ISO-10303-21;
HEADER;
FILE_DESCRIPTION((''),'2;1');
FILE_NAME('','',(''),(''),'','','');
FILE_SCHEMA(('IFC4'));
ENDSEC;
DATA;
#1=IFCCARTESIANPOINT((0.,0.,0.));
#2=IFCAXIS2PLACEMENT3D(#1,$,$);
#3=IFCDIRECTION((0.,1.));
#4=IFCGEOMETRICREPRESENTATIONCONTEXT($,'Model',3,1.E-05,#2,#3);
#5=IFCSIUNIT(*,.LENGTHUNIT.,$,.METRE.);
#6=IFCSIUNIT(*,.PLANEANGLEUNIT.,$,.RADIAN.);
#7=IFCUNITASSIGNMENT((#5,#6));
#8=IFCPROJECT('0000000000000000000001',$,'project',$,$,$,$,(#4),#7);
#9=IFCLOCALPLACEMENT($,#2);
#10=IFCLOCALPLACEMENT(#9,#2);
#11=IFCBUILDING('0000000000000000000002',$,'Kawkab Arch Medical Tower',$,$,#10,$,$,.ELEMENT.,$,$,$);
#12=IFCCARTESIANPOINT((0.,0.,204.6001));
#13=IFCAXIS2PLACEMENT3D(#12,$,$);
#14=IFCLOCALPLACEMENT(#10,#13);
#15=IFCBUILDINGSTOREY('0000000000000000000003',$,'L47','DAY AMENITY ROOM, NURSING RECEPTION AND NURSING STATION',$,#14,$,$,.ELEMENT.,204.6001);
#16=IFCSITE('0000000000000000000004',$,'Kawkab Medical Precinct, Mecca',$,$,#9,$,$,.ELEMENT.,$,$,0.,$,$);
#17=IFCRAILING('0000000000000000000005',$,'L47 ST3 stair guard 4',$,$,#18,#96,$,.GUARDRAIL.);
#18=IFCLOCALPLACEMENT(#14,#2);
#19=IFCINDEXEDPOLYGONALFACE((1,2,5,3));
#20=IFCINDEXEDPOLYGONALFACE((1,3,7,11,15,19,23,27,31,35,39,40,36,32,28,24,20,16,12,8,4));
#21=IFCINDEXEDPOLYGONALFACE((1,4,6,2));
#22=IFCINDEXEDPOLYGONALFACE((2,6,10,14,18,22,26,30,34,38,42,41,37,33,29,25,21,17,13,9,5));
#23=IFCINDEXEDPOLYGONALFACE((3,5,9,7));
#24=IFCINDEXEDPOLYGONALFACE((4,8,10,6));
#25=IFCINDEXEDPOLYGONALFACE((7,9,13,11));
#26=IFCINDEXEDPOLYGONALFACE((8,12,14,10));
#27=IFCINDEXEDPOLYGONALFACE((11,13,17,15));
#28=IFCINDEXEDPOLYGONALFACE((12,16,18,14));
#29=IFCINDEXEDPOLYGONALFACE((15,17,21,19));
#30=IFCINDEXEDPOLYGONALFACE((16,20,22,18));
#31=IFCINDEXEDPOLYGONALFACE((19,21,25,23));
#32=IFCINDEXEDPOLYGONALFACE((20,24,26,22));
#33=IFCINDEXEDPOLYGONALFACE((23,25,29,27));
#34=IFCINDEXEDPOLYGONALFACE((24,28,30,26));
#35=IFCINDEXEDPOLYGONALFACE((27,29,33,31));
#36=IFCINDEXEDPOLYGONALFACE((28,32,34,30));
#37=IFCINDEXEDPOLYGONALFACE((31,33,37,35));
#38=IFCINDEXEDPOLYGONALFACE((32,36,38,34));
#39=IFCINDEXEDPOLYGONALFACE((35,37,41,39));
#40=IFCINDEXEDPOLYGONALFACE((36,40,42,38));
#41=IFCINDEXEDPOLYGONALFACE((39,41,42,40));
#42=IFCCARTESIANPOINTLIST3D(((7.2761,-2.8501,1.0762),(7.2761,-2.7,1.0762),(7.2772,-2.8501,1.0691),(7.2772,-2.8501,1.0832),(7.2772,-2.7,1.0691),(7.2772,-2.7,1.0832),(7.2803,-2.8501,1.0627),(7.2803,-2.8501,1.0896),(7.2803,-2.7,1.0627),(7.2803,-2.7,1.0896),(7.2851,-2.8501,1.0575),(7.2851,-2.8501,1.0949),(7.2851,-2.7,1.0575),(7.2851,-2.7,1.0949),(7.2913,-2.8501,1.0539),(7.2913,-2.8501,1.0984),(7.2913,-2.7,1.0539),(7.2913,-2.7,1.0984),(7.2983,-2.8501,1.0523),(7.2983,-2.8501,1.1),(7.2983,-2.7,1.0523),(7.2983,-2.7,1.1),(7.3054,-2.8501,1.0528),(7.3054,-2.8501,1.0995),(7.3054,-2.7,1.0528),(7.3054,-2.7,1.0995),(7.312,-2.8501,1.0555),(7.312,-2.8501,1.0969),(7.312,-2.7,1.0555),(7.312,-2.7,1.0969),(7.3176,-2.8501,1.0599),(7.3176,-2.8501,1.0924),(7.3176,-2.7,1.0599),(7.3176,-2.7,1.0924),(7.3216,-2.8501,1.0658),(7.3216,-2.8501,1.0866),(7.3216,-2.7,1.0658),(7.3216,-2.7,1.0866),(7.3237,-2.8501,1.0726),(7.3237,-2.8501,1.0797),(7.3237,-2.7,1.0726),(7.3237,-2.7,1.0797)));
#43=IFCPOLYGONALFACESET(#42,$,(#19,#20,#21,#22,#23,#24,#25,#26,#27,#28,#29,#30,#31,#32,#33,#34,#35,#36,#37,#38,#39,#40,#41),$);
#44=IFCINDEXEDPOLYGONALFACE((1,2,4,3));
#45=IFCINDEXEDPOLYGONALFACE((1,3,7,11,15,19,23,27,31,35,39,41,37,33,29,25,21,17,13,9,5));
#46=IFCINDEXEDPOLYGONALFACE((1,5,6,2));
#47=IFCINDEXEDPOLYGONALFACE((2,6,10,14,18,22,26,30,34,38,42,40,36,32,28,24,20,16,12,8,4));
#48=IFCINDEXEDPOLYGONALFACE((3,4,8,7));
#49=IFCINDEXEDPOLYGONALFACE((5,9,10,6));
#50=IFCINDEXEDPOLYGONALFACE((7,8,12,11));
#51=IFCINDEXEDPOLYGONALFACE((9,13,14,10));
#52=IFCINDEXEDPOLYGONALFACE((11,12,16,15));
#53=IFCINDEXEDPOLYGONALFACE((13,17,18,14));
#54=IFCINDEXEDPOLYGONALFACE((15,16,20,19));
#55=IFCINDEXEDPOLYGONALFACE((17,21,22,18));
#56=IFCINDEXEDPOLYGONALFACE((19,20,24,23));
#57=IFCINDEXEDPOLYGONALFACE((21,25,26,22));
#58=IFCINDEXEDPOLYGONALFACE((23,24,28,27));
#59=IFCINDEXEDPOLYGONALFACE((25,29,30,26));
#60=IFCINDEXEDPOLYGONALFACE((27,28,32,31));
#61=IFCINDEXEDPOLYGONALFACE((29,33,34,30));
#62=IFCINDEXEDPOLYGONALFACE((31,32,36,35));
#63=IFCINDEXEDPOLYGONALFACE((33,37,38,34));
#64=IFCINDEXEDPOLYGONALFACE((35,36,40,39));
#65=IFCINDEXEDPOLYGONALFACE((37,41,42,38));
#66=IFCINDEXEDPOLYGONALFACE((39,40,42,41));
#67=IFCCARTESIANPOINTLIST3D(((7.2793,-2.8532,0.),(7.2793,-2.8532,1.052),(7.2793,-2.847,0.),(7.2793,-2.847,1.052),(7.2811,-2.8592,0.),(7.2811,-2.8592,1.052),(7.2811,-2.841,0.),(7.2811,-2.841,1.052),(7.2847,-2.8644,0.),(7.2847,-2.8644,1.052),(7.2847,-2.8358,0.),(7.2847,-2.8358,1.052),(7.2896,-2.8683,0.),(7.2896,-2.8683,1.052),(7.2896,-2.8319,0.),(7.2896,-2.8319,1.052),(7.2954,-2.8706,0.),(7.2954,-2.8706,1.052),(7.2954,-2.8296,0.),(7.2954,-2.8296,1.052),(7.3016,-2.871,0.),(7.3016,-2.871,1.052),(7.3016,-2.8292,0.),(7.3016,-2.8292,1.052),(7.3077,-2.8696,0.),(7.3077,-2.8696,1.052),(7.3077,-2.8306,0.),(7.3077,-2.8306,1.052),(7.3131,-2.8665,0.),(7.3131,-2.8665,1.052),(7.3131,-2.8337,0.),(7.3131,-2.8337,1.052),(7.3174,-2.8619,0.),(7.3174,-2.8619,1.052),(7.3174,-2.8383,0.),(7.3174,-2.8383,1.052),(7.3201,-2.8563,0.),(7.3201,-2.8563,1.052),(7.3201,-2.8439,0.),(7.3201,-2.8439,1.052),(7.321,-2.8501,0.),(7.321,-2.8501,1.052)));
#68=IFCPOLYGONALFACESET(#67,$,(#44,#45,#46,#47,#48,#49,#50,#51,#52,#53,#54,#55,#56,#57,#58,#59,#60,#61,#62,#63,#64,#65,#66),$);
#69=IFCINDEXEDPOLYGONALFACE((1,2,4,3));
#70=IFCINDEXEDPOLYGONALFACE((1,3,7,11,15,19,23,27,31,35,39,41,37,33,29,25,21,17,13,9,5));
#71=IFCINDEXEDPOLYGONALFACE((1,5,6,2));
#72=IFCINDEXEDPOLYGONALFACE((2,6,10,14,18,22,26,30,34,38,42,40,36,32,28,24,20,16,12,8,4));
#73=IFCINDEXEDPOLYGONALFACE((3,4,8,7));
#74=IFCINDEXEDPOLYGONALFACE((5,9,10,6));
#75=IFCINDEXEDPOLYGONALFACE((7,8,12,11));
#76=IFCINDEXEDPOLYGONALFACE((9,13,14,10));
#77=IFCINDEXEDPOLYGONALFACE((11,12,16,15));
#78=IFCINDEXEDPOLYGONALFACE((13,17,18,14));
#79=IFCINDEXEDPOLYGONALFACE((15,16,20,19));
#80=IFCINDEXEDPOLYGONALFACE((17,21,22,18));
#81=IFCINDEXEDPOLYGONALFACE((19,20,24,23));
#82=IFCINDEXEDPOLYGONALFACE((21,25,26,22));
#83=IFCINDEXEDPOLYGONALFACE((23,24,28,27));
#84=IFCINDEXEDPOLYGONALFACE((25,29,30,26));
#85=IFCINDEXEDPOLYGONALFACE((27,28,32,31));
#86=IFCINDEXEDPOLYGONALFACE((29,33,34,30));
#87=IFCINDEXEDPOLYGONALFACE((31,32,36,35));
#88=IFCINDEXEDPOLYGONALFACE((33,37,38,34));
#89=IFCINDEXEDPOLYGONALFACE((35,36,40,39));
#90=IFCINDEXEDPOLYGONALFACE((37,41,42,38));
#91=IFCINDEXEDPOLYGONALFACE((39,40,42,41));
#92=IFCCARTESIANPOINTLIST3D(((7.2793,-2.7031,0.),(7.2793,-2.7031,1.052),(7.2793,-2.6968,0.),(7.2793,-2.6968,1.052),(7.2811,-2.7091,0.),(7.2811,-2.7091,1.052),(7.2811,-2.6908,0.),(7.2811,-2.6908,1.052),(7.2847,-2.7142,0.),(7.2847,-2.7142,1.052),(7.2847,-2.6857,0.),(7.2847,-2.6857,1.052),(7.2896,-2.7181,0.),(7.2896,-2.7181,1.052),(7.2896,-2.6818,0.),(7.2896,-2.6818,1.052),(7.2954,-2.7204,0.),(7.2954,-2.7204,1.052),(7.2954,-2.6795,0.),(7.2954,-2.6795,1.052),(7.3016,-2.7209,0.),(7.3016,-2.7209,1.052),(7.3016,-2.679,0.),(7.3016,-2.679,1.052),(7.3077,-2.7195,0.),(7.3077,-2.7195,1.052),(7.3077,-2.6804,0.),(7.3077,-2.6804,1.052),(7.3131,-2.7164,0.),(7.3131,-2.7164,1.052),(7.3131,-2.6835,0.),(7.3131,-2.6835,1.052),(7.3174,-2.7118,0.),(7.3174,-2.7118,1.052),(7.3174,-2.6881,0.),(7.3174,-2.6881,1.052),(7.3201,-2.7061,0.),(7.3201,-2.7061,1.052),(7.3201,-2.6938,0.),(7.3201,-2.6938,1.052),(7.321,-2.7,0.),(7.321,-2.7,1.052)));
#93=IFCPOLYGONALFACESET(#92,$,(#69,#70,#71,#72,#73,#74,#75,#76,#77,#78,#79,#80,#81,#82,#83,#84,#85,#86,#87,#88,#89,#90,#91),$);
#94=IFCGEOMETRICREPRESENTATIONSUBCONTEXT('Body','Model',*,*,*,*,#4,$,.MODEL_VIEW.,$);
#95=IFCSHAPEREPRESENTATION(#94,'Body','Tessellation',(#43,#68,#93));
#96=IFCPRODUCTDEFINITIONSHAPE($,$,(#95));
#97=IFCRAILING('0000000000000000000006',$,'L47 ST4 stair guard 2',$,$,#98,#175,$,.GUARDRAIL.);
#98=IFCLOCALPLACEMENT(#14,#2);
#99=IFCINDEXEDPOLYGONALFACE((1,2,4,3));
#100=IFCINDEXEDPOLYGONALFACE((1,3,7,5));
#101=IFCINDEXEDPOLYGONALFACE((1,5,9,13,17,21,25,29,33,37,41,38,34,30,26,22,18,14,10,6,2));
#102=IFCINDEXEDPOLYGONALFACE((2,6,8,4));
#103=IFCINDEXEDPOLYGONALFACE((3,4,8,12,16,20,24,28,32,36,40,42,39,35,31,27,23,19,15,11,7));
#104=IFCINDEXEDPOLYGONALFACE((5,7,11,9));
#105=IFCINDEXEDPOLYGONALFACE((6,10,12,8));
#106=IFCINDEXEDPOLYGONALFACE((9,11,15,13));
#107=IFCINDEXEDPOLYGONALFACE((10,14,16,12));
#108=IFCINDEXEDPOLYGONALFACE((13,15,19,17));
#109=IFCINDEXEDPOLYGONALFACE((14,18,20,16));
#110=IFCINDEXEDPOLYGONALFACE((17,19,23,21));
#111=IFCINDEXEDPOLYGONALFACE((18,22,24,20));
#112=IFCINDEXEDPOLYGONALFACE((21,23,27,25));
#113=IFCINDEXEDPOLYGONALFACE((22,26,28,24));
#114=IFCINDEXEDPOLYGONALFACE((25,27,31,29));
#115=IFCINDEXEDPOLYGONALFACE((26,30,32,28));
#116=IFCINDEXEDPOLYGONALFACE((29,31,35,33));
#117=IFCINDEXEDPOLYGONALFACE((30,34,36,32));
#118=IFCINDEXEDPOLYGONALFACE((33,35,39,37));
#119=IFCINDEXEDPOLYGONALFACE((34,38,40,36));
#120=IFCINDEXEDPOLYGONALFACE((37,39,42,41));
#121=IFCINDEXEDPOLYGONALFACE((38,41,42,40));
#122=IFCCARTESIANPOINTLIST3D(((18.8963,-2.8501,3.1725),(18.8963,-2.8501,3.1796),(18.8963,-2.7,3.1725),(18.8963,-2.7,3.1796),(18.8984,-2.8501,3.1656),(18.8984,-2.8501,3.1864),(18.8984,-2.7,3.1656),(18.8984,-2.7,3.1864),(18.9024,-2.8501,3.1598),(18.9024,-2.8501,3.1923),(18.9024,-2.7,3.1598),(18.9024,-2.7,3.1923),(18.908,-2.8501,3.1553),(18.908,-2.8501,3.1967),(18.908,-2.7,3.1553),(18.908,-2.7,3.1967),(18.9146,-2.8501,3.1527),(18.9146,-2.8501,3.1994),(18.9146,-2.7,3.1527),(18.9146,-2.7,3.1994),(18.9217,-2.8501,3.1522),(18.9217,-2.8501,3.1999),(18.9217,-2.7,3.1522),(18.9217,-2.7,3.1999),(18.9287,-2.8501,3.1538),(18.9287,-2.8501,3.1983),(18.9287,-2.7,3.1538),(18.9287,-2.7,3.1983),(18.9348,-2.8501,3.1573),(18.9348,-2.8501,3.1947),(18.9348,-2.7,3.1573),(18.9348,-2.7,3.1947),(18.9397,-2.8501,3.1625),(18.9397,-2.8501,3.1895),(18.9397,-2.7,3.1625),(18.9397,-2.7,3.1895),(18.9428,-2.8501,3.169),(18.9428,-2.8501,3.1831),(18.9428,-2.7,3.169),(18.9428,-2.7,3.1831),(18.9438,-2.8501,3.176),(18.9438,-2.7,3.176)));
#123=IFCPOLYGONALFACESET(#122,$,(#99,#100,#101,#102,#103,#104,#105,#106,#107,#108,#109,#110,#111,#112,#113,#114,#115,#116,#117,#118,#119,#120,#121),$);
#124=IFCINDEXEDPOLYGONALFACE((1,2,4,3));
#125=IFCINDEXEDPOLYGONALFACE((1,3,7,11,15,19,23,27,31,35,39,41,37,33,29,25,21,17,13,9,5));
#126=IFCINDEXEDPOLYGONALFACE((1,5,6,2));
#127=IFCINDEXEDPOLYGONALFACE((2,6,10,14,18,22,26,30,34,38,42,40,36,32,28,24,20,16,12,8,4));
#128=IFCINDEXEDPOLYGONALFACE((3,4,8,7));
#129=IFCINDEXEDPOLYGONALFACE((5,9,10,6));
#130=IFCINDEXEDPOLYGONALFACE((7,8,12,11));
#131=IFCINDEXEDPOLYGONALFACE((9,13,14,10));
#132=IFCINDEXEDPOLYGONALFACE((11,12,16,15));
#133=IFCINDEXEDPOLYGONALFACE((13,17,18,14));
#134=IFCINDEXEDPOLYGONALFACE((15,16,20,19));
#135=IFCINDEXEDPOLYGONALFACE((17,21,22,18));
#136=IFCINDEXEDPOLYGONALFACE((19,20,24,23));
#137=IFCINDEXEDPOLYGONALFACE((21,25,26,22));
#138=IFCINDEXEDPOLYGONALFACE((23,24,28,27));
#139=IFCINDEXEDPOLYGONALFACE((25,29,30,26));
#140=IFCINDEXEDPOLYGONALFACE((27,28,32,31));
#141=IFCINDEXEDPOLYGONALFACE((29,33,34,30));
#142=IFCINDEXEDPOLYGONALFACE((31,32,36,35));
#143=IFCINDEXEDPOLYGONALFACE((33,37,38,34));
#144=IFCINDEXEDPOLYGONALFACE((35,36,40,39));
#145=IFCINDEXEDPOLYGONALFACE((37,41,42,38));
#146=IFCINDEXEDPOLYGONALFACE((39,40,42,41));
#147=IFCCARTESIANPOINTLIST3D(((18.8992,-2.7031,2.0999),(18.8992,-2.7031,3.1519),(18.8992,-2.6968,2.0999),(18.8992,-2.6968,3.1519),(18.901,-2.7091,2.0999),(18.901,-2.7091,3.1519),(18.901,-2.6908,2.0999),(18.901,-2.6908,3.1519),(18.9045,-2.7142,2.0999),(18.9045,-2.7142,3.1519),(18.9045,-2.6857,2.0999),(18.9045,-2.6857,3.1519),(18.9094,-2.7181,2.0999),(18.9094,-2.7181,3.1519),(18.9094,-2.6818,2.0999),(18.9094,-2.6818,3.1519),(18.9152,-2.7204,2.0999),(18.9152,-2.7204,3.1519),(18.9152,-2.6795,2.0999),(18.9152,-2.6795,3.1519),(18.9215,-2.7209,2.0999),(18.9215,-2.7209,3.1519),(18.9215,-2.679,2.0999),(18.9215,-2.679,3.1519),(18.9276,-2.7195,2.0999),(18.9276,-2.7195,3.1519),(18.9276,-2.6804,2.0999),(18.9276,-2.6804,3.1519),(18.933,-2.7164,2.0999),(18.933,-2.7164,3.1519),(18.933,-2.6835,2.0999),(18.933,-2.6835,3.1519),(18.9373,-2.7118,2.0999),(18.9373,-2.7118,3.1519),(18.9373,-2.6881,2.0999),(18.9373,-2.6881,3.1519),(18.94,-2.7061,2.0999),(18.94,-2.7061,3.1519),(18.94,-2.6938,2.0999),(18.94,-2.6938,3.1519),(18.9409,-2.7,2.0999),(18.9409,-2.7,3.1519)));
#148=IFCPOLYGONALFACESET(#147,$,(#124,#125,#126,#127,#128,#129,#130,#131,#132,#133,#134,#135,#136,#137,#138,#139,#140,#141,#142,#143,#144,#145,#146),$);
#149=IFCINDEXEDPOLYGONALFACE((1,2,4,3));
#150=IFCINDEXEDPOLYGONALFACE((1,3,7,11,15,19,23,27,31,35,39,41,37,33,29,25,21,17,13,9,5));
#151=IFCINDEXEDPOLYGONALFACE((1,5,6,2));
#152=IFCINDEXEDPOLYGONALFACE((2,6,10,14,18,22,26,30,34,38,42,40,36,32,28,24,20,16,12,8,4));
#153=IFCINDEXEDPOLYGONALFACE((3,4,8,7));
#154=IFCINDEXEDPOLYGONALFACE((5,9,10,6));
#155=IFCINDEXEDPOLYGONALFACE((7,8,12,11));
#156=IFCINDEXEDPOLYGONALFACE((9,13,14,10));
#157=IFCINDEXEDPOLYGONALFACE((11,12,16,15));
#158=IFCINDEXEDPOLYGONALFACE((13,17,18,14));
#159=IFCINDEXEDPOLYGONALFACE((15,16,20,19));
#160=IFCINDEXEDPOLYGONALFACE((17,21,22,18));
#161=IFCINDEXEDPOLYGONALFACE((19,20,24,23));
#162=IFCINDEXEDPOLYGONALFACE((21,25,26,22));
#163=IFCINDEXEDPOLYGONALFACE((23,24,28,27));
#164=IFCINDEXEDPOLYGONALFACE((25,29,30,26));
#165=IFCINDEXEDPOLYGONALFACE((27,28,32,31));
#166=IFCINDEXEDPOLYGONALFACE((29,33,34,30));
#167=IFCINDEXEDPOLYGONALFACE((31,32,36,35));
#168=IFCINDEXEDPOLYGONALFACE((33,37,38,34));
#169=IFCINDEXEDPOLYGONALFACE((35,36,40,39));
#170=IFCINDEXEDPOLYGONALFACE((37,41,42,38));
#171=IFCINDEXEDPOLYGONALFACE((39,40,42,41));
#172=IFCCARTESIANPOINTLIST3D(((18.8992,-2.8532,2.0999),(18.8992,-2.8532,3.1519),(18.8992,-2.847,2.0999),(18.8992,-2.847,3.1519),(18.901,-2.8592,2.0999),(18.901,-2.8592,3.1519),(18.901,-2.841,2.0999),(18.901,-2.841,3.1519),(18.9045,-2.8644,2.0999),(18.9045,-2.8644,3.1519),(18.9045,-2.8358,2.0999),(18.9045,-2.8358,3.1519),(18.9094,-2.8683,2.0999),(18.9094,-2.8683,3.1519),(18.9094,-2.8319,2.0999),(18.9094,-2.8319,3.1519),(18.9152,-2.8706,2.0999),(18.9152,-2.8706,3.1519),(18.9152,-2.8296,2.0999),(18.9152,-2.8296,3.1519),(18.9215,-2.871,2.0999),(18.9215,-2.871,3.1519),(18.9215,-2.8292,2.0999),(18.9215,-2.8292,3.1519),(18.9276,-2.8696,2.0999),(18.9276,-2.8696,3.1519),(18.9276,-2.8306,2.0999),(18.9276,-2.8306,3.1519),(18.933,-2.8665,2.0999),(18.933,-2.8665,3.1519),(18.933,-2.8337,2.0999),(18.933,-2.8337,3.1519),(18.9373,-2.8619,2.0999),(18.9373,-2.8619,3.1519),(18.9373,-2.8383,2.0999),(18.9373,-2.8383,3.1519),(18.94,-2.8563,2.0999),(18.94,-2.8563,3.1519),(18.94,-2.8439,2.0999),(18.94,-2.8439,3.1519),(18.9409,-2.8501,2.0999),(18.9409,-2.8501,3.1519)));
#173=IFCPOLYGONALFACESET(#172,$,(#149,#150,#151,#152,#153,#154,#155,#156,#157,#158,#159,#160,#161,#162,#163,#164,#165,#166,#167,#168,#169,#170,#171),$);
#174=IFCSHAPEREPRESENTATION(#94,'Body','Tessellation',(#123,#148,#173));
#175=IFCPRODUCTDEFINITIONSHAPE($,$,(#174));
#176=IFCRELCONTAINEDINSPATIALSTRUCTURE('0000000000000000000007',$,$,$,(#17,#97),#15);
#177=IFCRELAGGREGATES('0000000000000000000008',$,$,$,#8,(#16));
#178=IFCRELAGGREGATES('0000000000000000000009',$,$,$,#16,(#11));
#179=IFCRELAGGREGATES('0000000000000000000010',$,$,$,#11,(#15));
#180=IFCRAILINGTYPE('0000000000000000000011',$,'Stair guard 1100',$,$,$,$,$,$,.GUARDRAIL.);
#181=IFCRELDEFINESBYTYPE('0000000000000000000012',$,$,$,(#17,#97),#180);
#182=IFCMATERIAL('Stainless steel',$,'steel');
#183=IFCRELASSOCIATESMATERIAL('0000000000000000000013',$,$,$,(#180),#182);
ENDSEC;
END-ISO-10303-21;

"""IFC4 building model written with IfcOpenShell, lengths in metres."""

from ifc_helpers import new_model, si_unit, direction, frame, origin, origin_2d, place, context, subcontext, project, spatial, circle, extrude, material, type_object, element, save


model = new_model("IFC4")

# Units and contexts
model_context = context("Model", 3, precision=1e-05, world=origin(), true_north=direction((0.0, 1.0)))
body_context = subcontext(model_context, "Body", "Model", "MODEL_VIEW")
ifc_project = project(units=[si_unit("LENGTHUNIT", "METRE"), si_unit("PLANEANGLEUNIT", "RADIAN")], contexts=[model_context])

# Site, building, storey
site_placement = place(None, origin())
site = spatial("IfcSite", under=ifc_project, at=site_placement, Name="Kawkab Medical Precinct, Mecca", CompositionType="ELEMENT", RefElevation=0.0)
building_placement = place(site_placement, origin())
building = spatial("IfcBuilding", under=site, at=building_placement, Name="Kawkab Arch Medical Tower", CompositionType="ELEMENT")
storey_placement = place(building_placement, frame((0.0, 0.0, 204.6001)))
storey = spatial("IfcBuildingStorey", under=building, at=storey_placement, Name="L47", Description="DAY AMENITY ROOM, NURSING RECEPTION AND NURSING STATION", CompositionType="ELEMENT", Elevation=204.6001)

# Railings
ifc_material_1 = material(Name="Stainless steel", Category="steel")
railing_type_1 = type_object("IfcRailingType", Name="Stair guard 1100", PredefinedType="GUARDRAIL", material=ifc_material_1)
railing_1_placement = place(storey_placement, frame((7.3, -2.8501, 0.0)))
element("IfcRailing", 1, at=railing_1_placement, inside=storey, type_object=railing_type_1, Name="L47 ST3 stair guard 4", PredefinedType="GUARDRAIL", context=body_context, shape_type="SweptSolid", body=[
    extrude(circle(Radius=0.0239, at=origin_2d()), frame((0.0, 0.0, 1.0762), z_axis=(0.0, 1.0, 0.0), x_axis=(-1.0, 0.0, 0.0)), (0.0, 0.0, 1.0), 0.1501),
    extrude(circle(Radius=0.021, at=origin_2d()), origin(), (0.0, 0.0, 1.0), 1.052),
    extrude(circle(Radius=0.021, at=origin_2d()), frame((0.0, 0.1501, 0.0)), (0.0, 0.0, 1.0), 1.052),
])
railing_2_placement = place(storey_placement, frame((18.9199, -2.7, 2.0999)))
element("IfcRailing", 2, at=railing_2_placement, inside=storey, type_object=railing_type_1, Name="L47 ST4 stair guard 2", PredefinedType="GUARDRAIL", context=body_context, shape_type="SweptSolid", body=[
    extrude(circle(Radius=0.0239, at=origin_2d()), frame((0.0, 0.0, 1.0762), z_axis=(0.0, -1.0, 0.0), x_axis=(1.0, 0.0, 0.0)), (0.0, 0.0, 1.0), 0.1501),
    extrude(circle(Radius=0.021, at=origin_2d()), origin(), (0.0, 0.0, 1.0), 1.052),
    extrude(circle(Radius=0.021, at=origin_2d()), frame((0.0, -0.1501, 0.0)), (0.0, 0.0, 1.0), 1.052),
])

save(model, "model.ifc")
